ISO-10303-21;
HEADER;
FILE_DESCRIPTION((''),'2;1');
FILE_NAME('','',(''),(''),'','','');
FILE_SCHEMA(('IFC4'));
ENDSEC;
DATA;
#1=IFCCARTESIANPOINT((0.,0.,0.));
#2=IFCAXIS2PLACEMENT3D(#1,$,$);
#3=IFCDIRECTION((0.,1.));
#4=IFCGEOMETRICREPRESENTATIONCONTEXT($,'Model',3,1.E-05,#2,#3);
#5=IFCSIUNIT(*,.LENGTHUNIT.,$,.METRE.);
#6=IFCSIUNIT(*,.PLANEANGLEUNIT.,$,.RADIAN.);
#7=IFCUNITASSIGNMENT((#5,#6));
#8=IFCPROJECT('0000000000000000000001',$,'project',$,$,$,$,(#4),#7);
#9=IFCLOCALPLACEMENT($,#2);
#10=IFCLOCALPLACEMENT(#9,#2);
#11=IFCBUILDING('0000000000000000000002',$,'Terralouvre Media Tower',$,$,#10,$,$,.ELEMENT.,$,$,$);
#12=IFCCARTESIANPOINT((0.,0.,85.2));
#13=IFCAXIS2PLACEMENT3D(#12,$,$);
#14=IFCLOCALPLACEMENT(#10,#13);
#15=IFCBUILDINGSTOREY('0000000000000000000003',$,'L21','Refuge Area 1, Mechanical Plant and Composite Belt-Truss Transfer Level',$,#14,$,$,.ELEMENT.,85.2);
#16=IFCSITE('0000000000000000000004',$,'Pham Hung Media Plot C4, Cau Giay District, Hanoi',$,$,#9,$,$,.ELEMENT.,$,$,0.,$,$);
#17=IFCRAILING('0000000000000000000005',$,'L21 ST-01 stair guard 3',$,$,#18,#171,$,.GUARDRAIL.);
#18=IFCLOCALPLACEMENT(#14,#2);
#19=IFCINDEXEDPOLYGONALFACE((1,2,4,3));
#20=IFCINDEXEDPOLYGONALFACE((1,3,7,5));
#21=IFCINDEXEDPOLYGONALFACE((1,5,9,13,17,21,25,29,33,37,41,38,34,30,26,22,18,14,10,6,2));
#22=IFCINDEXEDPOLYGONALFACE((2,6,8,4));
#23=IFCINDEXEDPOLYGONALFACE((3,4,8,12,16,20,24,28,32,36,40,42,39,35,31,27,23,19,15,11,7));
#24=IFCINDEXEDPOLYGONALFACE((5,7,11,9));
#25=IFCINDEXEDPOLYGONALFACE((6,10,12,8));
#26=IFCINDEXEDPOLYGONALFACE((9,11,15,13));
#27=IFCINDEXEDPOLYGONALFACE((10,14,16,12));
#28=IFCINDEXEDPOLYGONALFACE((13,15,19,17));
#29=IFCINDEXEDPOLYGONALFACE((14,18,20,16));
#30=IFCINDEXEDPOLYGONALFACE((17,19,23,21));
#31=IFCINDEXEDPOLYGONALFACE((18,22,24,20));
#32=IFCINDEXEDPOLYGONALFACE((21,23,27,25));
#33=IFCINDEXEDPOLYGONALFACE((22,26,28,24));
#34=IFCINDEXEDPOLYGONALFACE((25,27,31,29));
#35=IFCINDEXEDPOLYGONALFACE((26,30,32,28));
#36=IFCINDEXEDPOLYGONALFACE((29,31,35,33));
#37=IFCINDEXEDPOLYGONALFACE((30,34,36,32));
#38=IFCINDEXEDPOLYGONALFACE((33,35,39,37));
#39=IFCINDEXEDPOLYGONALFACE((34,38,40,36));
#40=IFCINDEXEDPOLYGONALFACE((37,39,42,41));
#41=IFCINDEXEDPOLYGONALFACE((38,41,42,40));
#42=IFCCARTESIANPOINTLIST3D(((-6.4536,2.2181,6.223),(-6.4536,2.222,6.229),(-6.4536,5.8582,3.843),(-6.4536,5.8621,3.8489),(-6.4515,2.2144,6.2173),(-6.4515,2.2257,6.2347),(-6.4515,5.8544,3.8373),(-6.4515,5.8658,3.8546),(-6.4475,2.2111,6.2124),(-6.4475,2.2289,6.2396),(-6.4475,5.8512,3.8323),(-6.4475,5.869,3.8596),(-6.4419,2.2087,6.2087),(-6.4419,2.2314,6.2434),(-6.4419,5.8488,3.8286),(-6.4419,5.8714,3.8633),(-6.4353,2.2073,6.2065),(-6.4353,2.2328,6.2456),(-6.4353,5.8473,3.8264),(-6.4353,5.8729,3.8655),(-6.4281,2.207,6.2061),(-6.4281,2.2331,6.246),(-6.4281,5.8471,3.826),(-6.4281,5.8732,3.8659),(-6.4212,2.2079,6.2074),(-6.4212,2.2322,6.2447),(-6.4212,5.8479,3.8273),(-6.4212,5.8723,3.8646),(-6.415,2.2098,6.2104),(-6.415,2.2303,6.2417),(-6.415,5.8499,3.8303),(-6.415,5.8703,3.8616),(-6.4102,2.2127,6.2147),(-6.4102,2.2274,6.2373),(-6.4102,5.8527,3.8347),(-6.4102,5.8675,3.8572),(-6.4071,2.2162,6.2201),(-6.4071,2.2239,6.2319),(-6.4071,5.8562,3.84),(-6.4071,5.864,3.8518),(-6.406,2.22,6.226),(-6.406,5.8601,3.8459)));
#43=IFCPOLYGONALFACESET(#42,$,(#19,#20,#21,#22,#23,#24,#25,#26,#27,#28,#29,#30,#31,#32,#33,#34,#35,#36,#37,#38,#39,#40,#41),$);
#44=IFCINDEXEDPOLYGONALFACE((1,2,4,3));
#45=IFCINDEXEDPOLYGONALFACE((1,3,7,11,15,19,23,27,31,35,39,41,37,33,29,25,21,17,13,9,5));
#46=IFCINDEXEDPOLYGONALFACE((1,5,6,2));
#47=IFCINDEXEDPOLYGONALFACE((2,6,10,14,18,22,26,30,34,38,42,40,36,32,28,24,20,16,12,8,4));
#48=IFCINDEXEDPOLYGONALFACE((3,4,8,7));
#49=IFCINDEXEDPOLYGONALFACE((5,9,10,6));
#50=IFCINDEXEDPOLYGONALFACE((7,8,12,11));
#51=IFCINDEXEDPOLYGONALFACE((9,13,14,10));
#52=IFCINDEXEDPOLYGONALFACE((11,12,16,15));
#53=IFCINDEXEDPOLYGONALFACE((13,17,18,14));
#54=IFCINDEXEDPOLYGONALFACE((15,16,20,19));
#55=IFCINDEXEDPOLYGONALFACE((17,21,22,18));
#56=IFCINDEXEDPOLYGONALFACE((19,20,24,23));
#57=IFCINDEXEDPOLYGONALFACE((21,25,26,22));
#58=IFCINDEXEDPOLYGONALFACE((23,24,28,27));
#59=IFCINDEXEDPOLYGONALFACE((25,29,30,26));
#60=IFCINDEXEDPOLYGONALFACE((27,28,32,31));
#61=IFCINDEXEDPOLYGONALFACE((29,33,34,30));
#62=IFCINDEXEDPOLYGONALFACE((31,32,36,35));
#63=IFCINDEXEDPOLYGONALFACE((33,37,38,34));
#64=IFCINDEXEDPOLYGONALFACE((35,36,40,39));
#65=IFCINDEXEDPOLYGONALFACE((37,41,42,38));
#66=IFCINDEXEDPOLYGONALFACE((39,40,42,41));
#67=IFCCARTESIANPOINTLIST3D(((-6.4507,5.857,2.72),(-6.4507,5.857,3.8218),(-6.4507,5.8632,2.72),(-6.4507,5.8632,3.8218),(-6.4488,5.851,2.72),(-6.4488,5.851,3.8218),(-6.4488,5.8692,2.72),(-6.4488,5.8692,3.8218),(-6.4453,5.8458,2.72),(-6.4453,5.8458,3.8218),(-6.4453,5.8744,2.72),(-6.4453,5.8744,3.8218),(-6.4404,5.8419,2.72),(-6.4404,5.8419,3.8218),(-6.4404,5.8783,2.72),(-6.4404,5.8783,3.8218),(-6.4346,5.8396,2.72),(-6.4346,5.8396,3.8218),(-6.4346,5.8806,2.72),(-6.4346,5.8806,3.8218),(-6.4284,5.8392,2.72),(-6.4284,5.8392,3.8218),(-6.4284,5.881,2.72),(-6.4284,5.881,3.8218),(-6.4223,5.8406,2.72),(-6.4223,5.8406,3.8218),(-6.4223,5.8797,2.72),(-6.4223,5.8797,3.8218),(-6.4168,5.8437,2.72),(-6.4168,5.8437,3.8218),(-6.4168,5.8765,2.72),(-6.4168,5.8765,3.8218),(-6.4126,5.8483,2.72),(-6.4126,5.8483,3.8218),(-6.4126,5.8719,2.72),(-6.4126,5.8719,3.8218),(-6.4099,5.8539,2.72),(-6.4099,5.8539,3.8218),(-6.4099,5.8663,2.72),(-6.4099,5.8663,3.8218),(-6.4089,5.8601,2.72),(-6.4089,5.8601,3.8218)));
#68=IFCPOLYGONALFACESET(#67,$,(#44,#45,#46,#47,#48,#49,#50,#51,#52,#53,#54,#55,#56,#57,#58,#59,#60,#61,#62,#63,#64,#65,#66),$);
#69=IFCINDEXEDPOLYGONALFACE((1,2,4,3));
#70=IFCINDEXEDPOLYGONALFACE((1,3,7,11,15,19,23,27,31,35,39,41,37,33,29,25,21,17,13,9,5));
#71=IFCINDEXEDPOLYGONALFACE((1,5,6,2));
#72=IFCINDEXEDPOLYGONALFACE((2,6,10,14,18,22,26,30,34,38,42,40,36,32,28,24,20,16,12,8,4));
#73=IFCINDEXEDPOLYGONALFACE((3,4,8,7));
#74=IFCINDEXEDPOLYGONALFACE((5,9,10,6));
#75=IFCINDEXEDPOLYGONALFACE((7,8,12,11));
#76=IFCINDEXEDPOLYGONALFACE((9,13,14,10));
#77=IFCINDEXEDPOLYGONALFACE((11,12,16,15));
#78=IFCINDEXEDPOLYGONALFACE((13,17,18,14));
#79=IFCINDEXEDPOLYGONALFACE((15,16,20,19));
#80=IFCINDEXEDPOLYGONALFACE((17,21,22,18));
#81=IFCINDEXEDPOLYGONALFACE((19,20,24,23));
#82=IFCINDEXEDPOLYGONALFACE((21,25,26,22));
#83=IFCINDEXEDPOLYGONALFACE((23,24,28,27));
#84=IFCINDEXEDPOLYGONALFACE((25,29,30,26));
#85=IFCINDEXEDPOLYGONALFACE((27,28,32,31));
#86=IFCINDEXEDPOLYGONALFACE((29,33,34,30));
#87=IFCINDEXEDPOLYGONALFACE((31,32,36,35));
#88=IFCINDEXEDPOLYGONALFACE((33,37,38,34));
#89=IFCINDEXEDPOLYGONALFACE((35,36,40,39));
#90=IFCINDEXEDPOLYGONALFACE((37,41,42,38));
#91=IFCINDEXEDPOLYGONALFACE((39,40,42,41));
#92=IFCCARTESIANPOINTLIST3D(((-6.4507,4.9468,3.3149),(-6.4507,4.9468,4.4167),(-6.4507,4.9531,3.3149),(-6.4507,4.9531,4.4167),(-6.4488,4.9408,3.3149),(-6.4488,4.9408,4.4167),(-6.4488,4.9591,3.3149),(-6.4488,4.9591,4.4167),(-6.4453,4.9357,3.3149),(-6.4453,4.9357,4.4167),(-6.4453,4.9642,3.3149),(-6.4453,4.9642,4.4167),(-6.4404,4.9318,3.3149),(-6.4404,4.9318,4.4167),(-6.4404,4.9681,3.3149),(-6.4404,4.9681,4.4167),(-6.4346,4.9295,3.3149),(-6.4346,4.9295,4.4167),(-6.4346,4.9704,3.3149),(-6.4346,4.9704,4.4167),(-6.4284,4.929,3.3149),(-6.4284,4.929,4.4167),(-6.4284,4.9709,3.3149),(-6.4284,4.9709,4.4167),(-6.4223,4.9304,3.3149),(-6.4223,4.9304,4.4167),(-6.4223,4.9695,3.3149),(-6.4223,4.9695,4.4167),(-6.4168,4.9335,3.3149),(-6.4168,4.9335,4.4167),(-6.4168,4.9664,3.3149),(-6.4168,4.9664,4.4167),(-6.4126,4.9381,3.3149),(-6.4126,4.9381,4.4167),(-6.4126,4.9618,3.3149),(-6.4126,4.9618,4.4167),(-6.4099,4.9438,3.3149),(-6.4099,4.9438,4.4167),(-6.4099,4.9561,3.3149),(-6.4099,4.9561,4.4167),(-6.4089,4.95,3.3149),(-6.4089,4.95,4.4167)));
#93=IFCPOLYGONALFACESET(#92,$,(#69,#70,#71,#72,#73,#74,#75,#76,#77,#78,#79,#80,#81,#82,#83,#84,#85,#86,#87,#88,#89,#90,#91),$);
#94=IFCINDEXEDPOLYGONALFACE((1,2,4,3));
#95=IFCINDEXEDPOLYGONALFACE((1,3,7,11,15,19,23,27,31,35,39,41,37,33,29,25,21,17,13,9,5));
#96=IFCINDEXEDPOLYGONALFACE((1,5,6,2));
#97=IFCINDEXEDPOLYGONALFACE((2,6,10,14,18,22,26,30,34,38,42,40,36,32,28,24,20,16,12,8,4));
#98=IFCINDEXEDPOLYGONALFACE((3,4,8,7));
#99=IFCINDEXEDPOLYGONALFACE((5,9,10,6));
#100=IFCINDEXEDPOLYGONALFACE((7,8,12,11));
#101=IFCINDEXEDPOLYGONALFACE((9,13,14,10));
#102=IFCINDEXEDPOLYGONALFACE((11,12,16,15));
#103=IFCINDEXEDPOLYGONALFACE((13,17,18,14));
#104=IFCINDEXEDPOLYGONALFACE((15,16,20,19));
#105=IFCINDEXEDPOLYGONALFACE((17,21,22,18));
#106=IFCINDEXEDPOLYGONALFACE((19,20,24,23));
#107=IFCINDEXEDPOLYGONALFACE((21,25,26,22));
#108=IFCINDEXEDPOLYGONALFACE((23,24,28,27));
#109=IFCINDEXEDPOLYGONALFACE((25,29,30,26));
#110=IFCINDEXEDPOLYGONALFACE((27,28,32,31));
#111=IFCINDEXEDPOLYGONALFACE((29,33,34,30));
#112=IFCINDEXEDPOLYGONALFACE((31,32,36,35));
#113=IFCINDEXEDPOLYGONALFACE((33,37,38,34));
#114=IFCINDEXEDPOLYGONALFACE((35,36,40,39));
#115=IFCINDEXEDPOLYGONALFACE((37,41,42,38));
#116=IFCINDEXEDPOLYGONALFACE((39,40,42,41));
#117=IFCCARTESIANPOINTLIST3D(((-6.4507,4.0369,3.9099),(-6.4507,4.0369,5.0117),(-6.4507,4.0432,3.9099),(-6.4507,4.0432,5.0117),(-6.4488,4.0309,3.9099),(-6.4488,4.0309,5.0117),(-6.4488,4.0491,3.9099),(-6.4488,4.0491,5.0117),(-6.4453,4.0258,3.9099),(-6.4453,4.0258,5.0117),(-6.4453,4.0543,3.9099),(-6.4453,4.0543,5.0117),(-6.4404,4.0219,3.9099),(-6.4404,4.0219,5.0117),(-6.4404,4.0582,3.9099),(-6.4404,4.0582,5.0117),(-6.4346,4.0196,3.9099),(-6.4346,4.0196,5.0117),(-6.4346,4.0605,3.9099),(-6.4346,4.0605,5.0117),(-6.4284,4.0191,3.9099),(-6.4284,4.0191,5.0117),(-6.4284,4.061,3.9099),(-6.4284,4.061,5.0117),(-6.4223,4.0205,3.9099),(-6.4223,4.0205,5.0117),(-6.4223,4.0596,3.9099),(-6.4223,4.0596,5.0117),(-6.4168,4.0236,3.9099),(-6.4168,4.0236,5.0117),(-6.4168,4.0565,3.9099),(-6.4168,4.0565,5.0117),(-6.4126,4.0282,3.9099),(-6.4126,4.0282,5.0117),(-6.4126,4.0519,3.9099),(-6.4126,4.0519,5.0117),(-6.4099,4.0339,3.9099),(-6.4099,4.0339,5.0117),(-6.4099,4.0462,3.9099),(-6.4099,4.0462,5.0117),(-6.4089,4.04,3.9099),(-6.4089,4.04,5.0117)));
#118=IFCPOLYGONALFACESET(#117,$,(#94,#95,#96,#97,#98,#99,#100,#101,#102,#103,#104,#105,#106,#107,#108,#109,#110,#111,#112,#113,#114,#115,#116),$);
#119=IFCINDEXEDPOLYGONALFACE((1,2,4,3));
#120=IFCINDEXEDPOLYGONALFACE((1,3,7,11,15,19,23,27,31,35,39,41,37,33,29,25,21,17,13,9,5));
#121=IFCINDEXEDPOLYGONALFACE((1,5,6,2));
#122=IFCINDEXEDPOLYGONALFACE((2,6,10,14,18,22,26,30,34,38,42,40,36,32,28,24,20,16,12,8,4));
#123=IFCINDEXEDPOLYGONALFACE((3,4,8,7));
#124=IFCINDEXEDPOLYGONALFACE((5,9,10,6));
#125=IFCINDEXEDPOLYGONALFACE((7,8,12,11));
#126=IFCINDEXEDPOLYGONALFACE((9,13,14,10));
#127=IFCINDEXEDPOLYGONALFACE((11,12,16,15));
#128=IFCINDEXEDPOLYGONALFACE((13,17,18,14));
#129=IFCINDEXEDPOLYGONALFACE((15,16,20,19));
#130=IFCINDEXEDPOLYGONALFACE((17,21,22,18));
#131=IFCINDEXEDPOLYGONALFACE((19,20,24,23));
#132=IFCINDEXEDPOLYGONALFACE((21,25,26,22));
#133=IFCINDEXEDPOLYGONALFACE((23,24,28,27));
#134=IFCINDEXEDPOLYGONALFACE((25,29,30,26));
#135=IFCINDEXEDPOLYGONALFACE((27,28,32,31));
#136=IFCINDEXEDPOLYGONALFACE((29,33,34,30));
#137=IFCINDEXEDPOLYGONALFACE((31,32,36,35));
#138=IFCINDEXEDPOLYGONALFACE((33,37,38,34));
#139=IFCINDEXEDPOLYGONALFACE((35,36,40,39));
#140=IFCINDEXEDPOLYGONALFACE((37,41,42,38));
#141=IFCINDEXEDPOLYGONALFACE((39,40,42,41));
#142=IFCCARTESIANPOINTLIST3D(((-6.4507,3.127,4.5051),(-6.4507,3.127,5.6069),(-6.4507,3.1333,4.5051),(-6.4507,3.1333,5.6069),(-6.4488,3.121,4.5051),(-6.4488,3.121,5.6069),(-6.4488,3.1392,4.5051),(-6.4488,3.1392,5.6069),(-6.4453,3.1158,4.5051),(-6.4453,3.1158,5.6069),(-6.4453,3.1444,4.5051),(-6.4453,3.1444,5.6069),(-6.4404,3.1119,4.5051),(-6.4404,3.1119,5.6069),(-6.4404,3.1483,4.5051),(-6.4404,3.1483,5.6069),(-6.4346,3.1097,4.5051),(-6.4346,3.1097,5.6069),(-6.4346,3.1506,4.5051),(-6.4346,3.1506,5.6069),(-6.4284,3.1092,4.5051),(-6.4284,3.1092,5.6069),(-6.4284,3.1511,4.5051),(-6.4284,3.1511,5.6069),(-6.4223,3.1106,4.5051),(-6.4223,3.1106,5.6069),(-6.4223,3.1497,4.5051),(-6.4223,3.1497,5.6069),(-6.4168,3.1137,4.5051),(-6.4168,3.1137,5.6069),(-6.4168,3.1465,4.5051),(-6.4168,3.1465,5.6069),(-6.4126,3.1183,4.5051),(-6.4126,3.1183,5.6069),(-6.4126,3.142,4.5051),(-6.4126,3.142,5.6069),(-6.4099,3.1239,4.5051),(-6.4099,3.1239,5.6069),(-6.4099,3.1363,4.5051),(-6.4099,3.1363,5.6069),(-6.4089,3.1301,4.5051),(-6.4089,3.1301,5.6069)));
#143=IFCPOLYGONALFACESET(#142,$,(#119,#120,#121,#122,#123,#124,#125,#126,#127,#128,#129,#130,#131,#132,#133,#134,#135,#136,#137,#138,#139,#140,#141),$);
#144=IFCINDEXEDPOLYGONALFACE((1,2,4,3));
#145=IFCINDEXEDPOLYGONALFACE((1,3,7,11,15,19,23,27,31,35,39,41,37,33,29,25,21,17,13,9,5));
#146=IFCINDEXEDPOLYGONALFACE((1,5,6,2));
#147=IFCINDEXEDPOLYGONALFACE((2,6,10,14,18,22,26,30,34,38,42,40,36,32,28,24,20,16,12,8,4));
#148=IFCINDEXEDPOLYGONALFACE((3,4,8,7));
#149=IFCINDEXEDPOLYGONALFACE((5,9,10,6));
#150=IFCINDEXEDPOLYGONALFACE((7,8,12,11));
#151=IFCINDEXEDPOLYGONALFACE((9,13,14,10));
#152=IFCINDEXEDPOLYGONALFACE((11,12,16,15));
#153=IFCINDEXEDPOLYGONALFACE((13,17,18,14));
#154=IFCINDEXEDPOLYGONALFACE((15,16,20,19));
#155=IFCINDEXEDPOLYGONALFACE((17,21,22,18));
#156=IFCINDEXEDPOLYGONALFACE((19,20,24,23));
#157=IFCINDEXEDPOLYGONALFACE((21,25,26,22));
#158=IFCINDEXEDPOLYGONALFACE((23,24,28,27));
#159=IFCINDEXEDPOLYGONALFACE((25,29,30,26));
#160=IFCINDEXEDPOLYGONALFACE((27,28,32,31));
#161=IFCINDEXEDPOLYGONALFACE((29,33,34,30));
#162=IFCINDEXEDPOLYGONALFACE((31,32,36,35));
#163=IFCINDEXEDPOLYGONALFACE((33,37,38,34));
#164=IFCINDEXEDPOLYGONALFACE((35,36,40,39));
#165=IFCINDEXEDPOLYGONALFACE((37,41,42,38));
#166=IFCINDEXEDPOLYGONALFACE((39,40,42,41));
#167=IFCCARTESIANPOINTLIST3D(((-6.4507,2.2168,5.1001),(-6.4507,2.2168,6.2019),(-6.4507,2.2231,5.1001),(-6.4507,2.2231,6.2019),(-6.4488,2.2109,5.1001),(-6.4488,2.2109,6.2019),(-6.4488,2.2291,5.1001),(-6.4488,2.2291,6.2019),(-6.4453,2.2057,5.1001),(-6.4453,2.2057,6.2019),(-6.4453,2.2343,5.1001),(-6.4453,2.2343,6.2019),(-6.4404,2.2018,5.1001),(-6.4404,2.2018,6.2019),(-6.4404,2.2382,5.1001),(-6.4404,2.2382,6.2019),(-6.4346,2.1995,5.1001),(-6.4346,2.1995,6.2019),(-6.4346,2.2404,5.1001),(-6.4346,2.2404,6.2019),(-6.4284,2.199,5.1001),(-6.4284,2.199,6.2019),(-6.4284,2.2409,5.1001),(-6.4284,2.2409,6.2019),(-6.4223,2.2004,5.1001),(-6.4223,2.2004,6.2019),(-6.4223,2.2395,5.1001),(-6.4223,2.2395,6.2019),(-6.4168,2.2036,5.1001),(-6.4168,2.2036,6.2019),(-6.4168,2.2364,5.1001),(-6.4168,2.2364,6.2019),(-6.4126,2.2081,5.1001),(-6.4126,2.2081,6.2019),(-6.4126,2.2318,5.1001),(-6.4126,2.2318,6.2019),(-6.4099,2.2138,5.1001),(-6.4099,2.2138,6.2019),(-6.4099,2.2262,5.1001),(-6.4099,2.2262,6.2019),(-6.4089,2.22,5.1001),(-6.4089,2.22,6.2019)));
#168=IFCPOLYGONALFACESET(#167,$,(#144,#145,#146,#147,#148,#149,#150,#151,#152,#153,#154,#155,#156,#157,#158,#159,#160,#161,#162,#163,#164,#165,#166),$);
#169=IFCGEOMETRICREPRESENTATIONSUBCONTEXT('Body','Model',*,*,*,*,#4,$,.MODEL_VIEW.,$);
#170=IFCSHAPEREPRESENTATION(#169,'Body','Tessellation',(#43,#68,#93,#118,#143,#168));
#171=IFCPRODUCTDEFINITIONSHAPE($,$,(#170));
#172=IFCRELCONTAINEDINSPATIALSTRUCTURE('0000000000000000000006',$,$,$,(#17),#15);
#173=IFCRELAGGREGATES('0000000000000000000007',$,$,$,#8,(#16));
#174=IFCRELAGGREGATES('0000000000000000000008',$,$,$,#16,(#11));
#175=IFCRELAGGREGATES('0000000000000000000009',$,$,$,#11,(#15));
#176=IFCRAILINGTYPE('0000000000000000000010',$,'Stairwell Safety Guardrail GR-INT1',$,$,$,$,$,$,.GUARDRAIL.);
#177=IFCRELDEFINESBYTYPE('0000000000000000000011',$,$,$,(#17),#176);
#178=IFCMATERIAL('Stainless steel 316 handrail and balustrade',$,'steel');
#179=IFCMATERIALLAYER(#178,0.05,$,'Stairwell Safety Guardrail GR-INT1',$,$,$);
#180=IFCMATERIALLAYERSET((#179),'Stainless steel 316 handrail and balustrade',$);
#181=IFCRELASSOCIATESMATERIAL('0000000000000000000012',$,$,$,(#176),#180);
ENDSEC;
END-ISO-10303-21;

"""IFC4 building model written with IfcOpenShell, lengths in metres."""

from ifc_helpers import new_model, si_unit, direction, frame, origin, origin_2d, place, context, subcontext, project, spatial, circle, extrude, material, layer, layer_set, type_object, element, save


model = new_model("IFC4")

# Units and contexts
model_context = context("Model", 3, precision=1e-05, world=origin(), true_north=direction((0.0, 1.0)))
body_context = subcontext(model_context, "Body", "Model", "MODEL_VIEW")
ifc_project = project(units=[si_unit("LENGTHUNIT", "METRE"), si_unit("PLANEANGLEUNIT", "RADIAN")], contexts=[model_context])

# Site, building, storey
site_placement = place(None, origin())
site = spatial("IfcSite", under=ifc_project, at=site_placement, Name="Pham Hung Media Plot C4, Cau Giay District, Hanoi", CompositionType="ELEMENT", RefElevation=0.0)
building_placement = place(site_placement, origin())
building = spatial("IfcBuilding", under=site, at=building_placement, Name="Terralouvre Media Tower", CompositionType="ELEMENT")
storey_placement = place(building_placement, frame((0.0, 0.0, 85.2)))
storey = spatial("IfcBuildingStorey", under=building, at=storey_placement, Name="L21", Description="Refuge Area 1, Mechanical Plant and Composite Belt-Truss Transfer Level", CompositionType="ELEMENT", Elevation=85.2)

# Railing
ifc_material_1 = material(Name="Stainless steel 316 handrail and balustrade", Category="steel")
ifc_layer_1 = layer(ifc_material_1, 0.05, Name="Stairwell Safety Guardrail GR-INT1")
ifc_layer_set_1 = layer_set([ifc_layer_1], Name="Stainless steel 316 handrail and balustrade")
railing_type_1 = type_object("IfcRailingType", Name="Stairwell Safety Guardrail GR-INT1", PredefinedType="GUARDRAIL", material=ifc_layer_set_1)
railing_1_placement = place(storey_placement, frame((-6.4299, 5.8601, 2.72)))
element("IfcRailing", 1, at=railing_1_placement, inside=storey, type_object=railing_type_1, Name="L21 ST-01 stair guard 3", PredefinedType="GUARDRAIL", context=body_context, shape_type="SweptSolid", body=[
    extrude(circle(Radius=0.0239, at=origin_2d()), frame((0.0, 0.0, 1.126), z_axis=(0.0, -0.836966, 0.547255), x_axis=(1.0, 0.0, 0.0)), (0.0, 0.0, 1.0), 4.3491),
    extrude(circle(Radius=0.021, at=origin_2d()), origin(), (0.0, 0.0, 1.0), 1.1018),
    extrude(circle(Radius=0.021, at=origin_2d()), frame((0.0, -0.9102, 0.595)), (0.0, 0.0, 1.0), 1.1018),
    extrude(circle(Radius=0.021, at=origin_2d()), frame((0.0, -1.8201, 1.1899)), (0.0, 0.0, 1.0), 1.1018),
    extrude(circle(Radius=0.021, at=origin_2d()), frame((0.0, -2.73, 1.7852)), (0.0, 0.0, 1.0), 1.1018),
    extrude(circle(Radius=0.021, at=origin_2d()), frame((0.0, -3.6401, 2.3801)), (0.0, 0.0, 1.0), 1.1018),
])

save(model, "model.ifc")
